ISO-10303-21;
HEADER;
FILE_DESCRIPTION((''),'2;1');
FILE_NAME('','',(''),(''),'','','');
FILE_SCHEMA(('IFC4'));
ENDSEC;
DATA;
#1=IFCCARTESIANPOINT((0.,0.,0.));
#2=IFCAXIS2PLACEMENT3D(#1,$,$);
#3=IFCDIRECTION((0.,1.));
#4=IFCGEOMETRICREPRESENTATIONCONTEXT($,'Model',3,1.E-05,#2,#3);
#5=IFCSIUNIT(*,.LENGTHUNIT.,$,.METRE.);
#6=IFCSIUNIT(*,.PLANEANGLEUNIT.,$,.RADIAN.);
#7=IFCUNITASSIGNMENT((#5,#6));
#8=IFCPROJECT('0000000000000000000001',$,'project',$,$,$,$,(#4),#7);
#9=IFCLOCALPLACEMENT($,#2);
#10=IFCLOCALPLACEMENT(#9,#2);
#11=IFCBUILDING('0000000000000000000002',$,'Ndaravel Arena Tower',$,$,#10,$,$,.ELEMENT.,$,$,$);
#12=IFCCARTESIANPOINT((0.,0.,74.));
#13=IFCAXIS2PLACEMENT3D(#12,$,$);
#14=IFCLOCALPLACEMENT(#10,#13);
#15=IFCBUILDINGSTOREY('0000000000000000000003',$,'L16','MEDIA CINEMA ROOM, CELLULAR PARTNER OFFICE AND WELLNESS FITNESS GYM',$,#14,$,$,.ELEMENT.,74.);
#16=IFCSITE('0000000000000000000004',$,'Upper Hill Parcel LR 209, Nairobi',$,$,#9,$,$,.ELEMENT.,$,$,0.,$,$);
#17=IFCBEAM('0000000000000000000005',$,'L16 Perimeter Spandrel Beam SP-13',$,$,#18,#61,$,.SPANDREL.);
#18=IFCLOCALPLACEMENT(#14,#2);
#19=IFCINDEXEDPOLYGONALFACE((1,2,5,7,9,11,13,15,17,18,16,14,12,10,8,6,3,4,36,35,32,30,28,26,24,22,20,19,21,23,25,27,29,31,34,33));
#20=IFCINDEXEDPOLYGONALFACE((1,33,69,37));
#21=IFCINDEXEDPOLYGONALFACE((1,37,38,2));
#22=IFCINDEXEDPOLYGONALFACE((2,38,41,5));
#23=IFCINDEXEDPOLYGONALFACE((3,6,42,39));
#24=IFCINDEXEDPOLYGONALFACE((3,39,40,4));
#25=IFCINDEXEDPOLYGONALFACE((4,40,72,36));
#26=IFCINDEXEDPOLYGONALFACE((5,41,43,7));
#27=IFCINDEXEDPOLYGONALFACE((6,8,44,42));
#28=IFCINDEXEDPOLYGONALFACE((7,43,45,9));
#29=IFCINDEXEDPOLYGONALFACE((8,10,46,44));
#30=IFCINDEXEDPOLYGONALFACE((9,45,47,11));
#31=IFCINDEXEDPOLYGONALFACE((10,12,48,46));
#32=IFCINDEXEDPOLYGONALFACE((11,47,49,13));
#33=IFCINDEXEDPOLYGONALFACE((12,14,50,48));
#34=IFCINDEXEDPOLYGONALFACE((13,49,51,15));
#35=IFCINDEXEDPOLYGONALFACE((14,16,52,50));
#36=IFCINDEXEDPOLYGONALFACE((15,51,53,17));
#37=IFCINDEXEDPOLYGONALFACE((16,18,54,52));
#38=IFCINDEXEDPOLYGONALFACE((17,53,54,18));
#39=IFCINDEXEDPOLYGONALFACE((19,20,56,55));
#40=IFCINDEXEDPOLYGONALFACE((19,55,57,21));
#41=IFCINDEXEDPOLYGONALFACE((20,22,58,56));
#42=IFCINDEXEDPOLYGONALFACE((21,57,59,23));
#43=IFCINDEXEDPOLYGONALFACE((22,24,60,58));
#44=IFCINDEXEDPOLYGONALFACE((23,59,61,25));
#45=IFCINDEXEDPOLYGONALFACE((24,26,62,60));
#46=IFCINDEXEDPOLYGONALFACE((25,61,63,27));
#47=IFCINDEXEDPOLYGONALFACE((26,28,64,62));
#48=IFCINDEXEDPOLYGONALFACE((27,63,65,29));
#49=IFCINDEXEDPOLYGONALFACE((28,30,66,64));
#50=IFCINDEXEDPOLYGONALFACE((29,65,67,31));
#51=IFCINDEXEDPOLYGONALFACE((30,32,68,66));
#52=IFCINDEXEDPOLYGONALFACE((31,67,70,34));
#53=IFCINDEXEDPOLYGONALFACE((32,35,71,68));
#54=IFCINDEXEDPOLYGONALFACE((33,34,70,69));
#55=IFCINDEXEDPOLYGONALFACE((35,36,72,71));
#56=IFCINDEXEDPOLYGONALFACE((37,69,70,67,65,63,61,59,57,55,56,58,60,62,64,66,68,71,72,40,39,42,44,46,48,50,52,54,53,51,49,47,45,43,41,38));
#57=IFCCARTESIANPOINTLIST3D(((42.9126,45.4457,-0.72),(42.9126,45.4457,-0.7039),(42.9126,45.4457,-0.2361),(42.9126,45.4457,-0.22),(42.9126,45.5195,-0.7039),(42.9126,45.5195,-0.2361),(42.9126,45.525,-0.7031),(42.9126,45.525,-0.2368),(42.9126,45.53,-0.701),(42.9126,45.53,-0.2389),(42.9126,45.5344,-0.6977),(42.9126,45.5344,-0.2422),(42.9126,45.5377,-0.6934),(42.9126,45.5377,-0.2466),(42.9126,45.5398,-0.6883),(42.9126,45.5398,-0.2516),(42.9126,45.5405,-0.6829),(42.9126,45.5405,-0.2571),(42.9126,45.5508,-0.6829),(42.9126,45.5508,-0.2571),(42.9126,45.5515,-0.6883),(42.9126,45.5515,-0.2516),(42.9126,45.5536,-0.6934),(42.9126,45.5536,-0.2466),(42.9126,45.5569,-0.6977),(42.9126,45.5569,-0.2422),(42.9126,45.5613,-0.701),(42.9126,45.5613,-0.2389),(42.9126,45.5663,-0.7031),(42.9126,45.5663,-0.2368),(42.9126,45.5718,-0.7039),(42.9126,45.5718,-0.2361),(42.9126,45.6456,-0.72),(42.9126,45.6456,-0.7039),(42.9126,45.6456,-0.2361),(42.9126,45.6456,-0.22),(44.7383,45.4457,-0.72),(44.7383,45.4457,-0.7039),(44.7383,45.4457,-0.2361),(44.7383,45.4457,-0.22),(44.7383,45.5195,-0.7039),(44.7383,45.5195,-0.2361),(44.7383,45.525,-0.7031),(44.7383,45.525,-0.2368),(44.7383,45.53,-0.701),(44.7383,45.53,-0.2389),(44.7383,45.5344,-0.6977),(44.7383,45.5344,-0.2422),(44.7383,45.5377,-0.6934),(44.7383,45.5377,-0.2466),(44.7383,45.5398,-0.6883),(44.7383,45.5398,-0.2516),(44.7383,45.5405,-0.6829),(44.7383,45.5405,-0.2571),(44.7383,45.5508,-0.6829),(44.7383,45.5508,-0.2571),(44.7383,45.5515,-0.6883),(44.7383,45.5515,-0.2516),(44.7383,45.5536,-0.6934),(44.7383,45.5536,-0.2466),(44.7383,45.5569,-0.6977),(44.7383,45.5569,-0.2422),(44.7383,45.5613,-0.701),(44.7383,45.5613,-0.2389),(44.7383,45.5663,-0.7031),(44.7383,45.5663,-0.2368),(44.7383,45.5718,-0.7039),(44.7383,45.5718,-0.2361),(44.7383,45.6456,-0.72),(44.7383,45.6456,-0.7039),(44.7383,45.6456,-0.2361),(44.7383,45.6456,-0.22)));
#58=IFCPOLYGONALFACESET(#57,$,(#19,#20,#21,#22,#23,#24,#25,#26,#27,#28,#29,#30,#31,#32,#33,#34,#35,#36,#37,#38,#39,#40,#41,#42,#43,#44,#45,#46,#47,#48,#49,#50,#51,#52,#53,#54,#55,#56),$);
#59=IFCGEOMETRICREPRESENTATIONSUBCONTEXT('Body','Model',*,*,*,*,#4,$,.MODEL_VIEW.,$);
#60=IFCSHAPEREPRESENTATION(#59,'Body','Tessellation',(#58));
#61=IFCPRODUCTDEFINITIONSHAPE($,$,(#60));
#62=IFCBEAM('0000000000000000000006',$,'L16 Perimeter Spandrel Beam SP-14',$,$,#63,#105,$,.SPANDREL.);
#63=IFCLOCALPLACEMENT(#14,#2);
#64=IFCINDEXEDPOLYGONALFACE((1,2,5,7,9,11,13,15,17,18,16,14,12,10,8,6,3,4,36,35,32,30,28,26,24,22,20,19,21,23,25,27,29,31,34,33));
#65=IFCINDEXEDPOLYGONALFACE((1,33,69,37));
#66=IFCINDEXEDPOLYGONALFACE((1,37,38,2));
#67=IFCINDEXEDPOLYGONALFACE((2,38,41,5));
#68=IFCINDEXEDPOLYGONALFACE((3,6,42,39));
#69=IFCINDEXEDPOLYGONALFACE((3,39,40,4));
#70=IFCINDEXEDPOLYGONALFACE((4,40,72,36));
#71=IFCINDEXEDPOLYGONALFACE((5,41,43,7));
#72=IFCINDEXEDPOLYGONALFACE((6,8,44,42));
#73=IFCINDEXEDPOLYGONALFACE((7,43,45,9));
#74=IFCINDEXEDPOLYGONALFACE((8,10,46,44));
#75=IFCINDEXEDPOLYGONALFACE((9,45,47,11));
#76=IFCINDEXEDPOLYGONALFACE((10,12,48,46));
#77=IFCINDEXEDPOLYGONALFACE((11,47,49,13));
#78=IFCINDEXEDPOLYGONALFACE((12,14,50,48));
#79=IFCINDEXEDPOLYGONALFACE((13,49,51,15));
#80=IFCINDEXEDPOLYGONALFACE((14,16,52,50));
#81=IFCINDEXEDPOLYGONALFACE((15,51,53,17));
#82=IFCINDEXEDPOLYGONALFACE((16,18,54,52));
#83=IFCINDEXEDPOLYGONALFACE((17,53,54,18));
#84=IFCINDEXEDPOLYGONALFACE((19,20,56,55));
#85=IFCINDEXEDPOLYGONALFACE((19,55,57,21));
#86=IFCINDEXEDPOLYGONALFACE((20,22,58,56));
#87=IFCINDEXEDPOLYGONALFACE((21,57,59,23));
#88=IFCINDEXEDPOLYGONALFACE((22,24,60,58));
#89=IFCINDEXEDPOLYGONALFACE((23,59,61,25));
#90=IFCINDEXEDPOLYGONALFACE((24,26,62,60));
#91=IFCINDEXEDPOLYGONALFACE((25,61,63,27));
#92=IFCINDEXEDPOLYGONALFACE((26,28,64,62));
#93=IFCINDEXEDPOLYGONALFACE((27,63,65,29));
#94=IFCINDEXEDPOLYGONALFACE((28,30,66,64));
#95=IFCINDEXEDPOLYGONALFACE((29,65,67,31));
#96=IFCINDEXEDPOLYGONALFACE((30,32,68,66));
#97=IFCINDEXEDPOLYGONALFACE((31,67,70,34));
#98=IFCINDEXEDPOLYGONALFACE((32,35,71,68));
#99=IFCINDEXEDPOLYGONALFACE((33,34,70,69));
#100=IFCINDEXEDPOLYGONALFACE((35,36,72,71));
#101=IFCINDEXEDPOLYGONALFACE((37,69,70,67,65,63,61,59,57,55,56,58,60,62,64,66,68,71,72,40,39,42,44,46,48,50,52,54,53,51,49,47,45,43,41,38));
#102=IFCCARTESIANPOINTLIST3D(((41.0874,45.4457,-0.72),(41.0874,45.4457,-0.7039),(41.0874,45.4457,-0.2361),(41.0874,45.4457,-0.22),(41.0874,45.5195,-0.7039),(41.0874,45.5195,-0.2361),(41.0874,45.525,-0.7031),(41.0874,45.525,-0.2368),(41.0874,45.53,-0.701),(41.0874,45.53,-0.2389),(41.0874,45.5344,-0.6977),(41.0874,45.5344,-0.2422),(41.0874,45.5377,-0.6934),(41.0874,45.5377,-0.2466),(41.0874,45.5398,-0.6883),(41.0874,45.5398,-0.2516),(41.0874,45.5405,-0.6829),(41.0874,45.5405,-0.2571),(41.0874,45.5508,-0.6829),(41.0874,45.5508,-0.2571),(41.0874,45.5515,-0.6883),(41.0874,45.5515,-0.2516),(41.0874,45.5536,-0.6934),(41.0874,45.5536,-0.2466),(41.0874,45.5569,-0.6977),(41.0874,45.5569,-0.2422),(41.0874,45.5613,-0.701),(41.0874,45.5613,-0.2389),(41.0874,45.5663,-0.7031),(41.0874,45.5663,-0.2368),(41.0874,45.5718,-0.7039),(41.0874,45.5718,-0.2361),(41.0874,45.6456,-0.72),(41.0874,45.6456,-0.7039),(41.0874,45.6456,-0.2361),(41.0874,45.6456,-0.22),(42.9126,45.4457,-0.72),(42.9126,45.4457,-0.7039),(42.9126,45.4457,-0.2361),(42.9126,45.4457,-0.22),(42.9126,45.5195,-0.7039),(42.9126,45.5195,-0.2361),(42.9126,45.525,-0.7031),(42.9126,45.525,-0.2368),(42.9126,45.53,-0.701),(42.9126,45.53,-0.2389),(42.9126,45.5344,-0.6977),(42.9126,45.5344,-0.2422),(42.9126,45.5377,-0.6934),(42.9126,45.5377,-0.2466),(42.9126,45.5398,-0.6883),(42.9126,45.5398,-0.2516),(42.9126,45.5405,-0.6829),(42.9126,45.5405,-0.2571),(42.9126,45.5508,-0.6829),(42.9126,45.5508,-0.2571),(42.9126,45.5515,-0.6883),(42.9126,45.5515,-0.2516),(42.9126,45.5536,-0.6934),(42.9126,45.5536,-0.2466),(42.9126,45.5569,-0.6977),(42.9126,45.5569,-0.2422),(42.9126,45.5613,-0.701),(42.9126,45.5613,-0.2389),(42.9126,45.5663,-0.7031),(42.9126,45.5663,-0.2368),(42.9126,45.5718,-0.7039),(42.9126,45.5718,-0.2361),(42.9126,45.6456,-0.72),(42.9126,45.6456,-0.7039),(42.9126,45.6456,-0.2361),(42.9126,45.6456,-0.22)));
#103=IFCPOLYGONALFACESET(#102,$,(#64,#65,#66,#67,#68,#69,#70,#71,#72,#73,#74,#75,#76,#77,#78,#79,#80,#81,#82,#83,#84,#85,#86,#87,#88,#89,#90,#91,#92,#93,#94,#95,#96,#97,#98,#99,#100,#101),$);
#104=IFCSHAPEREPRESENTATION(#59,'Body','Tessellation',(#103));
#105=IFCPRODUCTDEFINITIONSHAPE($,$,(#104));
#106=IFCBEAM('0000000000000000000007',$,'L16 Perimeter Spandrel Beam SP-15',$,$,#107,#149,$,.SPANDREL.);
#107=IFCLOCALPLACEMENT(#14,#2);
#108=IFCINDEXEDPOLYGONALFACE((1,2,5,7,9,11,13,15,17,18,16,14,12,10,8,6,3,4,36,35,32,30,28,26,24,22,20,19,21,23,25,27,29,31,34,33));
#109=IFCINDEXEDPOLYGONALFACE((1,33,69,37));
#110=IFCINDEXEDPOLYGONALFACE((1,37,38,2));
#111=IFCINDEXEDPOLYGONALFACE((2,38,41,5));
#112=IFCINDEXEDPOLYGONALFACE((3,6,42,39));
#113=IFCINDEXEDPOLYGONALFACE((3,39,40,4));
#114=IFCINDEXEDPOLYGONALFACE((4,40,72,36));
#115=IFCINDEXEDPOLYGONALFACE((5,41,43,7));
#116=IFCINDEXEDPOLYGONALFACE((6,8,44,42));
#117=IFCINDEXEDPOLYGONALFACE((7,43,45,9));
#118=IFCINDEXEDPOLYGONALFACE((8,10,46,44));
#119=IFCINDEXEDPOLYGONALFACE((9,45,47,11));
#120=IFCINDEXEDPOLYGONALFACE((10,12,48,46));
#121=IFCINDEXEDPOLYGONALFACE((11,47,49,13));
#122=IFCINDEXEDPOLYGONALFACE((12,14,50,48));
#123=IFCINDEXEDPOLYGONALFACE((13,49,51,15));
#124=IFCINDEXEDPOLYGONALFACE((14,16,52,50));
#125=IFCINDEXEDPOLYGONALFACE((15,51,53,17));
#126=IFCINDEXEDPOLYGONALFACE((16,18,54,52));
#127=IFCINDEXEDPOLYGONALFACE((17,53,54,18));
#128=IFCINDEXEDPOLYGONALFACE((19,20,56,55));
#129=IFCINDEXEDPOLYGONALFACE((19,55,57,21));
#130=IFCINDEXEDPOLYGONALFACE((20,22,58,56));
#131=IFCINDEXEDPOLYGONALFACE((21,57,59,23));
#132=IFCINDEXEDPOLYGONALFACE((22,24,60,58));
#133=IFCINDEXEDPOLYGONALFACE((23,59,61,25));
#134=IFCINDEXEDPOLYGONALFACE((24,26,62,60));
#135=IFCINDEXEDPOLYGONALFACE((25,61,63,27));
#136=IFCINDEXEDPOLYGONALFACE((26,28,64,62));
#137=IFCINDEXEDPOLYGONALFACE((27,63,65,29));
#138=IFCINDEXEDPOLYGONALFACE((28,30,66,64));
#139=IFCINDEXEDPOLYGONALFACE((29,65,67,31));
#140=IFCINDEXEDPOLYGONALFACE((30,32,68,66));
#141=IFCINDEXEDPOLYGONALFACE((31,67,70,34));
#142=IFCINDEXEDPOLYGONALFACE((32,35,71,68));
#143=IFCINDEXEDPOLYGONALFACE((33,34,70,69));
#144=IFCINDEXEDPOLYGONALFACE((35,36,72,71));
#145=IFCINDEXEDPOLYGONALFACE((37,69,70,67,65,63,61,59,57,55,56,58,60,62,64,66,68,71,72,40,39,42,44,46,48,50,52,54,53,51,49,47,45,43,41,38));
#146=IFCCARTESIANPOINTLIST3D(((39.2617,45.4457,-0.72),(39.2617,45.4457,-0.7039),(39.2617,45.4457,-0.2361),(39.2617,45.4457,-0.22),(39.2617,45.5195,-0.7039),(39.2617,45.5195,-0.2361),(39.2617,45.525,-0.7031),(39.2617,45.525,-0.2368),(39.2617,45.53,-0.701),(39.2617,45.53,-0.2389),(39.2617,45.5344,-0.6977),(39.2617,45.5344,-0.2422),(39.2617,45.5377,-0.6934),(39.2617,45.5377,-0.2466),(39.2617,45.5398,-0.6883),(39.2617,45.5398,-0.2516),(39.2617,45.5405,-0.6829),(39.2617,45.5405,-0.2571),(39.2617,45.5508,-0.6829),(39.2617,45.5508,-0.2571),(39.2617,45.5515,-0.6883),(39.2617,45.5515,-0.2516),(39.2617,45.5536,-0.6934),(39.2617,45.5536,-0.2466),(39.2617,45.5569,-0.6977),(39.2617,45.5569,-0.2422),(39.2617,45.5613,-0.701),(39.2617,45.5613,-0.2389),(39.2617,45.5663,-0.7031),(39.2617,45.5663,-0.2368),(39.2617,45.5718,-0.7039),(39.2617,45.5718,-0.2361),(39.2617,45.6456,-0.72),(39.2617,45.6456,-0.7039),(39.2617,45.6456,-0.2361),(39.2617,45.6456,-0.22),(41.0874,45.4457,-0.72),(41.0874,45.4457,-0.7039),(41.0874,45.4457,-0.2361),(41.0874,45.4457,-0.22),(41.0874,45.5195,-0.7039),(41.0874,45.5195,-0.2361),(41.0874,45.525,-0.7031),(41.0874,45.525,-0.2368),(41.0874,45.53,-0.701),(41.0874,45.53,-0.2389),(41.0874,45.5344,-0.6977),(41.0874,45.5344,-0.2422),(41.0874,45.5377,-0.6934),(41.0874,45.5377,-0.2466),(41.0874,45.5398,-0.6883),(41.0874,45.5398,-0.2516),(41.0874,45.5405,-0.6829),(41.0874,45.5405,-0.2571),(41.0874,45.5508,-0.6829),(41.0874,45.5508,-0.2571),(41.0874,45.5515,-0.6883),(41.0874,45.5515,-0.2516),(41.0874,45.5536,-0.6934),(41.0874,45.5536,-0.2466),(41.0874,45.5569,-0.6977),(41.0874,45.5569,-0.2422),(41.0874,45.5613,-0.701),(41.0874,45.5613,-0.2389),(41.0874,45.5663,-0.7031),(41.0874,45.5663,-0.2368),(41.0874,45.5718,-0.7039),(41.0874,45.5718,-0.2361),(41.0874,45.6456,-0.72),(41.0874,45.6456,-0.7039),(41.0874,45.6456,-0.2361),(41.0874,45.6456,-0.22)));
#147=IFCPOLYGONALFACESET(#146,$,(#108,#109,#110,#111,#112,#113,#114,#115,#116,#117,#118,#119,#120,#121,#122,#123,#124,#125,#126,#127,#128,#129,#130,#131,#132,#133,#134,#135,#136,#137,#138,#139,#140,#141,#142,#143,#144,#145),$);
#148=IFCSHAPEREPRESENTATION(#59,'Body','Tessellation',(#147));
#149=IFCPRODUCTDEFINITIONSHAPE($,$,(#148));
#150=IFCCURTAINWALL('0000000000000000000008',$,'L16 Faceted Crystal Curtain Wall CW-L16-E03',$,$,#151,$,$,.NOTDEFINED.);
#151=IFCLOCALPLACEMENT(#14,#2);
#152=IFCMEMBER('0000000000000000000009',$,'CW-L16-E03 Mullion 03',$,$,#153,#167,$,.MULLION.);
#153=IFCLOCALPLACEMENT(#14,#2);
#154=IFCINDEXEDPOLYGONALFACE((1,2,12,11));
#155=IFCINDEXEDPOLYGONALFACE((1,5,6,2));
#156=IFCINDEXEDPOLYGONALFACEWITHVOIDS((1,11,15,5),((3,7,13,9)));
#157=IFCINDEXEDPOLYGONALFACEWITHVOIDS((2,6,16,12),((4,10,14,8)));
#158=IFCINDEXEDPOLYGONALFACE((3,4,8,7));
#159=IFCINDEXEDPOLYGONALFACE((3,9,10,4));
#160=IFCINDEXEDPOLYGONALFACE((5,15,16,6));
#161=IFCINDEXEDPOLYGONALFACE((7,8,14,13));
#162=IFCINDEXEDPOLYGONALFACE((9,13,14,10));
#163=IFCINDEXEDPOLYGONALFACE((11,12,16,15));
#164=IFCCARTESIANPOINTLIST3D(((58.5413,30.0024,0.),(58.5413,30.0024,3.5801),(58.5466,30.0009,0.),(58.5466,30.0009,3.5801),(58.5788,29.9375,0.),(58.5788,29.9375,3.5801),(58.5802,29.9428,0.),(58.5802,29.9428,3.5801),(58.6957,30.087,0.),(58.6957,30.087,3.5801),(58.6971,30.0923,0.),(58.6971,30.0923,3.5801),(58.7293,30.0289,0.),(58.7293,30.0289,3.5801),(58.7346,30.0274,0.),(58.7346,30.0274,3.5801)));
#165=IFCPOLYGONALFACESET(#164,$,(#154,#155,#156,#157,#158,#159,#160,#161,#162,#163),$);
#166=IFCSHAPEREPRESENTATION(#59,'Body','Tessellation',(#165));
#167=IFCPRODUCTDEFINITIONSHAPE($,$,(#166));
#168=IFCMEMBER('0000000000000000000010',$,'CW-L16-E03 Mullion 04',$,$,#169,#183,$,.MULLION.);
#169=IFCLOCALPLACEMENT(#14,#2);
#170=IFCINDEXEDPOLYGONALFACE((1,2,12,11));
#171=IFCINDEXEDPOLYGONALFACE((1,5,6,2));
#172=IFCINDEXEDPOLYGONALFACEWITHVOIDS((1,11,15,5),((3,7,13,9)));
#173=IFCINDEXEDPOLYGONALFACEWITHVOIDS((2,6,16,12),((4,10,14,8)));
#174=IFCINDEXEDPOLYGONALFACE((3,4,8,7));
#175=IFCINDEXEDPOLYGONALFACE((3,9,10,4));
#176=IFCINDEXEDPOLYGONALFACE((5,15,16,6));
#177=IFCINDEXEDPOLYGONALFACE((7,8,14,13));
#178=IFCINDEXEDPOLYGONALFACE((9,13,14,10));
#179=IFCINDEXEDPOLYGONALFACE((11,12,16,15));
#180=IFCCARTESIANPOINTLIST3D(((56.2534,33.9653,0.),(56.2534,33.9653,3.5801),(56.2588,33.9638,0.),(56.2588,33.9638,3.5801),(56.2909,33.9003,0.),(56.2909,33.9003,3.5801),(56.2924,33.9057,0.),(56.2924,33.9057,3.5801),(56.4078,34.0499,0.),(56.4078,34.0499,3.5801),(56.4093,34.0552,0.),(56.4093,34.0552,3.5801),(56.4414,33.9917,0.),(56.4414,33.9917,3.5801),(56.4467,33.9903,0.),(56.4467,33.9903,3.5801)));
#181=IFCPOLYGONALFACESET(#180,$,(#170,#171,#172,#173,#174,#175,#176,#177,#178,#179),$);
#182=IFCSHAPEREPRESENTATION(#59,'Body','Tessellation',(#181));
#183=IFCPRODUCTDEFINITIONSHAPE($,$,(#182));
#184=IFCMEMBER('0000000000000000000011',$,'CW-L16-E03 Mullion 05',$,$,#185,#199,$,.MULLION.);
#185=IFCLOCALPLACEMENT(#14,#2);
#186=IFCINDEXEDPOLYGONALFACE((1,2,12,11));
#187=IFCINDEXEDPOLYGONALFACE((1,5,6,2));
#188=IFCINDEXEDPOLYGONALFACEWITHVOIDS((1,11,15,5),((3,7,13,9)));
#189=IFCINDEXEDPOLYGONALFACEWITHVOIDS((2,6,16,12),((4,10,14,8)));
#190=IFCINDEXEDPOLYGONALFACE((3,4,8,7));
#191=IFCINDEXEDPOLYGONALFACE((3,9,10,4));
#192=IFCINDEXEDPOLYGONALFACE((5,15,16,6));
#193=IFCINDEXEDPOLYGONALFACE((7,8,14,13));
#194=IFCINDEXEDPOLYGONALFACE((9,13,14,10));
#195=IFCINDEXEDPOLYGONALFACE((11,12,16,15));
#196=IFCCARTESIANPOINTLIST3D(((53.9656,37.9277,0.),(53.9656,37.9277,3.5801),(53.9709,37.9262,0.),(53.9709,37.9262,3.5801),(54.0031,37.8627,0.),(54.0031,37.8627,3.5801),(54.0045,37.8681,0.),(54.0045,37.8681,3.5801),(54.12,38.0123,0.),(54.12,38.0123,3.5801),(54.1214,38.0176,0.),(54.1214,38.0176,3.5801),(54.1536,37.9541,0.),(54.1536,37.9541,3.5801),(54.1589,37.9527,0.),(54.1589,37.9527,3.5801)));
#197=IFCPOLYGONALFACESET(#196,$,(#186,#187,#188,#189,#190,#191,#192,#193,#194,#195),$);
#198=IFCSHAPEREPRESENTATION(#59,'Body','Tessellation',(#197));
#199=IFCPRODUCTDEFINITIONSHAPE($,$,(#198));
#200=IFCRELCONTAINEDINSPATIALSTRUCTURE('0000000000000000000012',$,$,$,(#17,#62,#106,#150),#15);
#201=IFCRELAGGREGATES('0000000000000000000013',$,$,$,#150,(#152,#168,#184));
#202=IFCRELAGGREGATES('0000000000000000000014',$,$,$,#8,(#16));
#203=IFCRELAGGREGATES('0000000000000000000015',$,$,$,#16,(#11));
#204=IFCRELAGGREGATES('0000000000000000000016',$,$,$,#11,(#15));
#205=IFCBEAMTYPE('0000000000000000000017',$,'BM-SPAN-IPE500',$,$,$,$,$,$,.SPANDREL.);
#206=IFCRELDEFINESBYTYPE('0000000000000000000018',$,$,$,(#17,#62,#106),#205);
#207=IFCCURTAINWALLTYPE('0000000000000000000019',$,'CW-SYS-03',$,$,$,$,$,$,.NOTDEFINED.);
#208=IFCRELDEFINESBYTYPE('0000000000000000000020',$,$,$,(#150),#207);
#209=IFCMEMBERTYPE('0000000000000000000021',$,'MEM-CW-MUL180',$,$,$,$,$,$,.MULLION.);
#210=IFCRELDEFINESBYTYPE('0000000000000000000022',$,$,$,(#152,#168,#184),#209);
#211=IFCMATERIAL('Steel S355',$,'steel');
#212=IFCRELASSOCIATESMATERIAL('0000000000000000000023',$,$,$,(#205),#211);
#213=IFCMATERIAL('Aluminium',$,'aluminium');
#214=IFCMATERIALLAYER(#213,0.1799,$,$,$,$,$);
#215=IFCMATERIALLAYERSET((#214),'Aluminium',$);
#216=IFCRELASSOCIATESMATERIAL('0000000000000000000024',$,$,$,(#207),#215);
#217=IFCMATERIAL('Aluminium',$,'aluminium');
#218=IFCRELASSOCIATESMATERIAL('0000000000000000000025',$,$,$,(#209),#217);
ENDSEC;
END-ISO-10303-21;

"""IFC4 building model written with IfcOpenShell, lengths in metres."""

from ifc_helpers import new_model, si_unit, direction, frame, origin, origin_2d, place, context, subcontext, project, spatial, hollow_rectangle, i_section, extrude, material, layer, layer_set, material_profile, profile_set, type_object, element, aggregate, save


model = new_model("IFC4")

# Units and contexts
model_context = context("Model", 3, precision=1e-05, world=origin(), true_north=direction((0.0, 1.0)))
body_context = subcontext(model_context, "Body", "Model", "MODEL_VIEW")
ifc_project = project(units=[si_unit("LENGTHUNIT", "METRE"), si_unit("PLANEANGLEUNIT", "RADIAN")], contexts=[model_context])

# Site, building, storey
site_placement = place(None, origin())
site = spatial("IfcSite", under=ifc_project, at=site_placement, Name="Upper Hill Parcel LR 209, Nairobi", CompositionType="ELEMENT", RefElevation=0.0)
building_placement = place(site_placement, origin())
building = spatial("IfcBuilding", under=site, at=building_placement, Name="Ndaravel Arena Tower", CompositionType="ELEMENT")
storey_placement = place(building_placement, frame((0.0, 0.0, 74.0)))
storey = spatial("IfcBuildingStorey", under=building, at=storey_placement, Name="L16", Description="MEDIA CINEMA ROOM, CELLULAR PARTNER OFFICE AND WELLNESS FITNESS GYM", CompositionType="ELEMENT", Elevation=74.0)

# Beams
ifc_material_1 = material(Name="Steel S355", Category="steel")
ifc_material_profile_1 = material_profile(ifc_material_1, i_section(OverallWidth=0.2, OverallDepth=0.5, WebThickness=0.0103, FlangeThickness=0.0161, FilletRadius=0.021, at=origin_2d()), Name="IPE 500")
ifc_profile_set_1 = profile_set([ifc_material_profile_1], Name="Steel S355")
beam_type_1 = type_object("IfcBeamType", Name="BM-SPAN-IPE500", PredefinedType="SPANDREL", material=ifc_profile_set_1)
beam_1_placement = place(storey_placement, frame((44.7383, 45.5457, -0.47), z_axis=(-1.0, 0.0, 0.0), x_axis=(0.0, -1.0, 0.0)))
element("IfcBeam", 1, at=beam_1_placement, inside=storey, type_object=beam_type_1, Name="L16 Perimeter Spandrel Beam SP-13", PredefinedType="SPANDREL", context=body_context, shape_type="SweptSolid", body=[
    extrude(i_section(OverallWidth=0.2, OverallDepth=0.5, WebThickness=0.0103, FlangeThickness=0.0161, FilletRadius=0.021, at=origin_2d()), origin(), (0.0, 0.0, 1.0), 1.8257),
])
beam_2_placement = place(storey_placement, frame((42.9126, 45.5457, -0.47), z_axis=(-1.0, 0.0, 0.0), x_axis=(0.0, -1.0, 0.0)))
element("IfcBeam", 2, at=beam_2_placement, inside=storey, type_object=beam_type_1, Name="L16 Perimeter Spandrel Beam SP-14", PredefinedType="SPANDREL", context=body_context, shape_type="SweptSolid", body=[
    extrude(i_section(OverallWidth=0.2, OverallDepth=0.5, WebThickness=0.0103, FlangeThickness=0.0161, FilletRadius=0.021, at=origin_2d()), origin(), (0.0, 0.0, 1.0), 1.8252),
])
beam_3_placement = place(storey_placement, frame((41.0874, 45.5457, -0.47), z_axis=(-1.0, 0.0, 0.0), x_axis=(0.0, -1.0, 0.0)))
element("IfcBeam", 3, at=beam_3_placement, inside=storey, type_object=beam_type_1, Name="L16 Perimeter Spandrel Beam SP-15", PredefinedType="SPANDREL", context=body_context, shape_type="SweptSolid", body=[
    extrude(i_section(OverallWidth=0.2, OverallDepth=0.5, WebThickness=0.0103, FlangeThickness=0.0161, FilletRadius=0.021, at=origin_2d()), origin(), (0.0, 0.0, 1.0), 1.8257),
])

# Curtain wall, members
ifc_material_2 = material(Name="Aluminium", Category="aluminium")
ifc_layer_1 = layer(ifc_material_2, 0.1799)
ifc_layer_set_1 = layer_set([ifc_layer_1], Name="Aluminium")
curtain_wall_type_1 = type_object("IfcCurtainWallType", Name="CW-SYS-03", PredefinedType="NOTDEFINED", material=ifc_layer_set_1)
curtain_wall_1_placement = place(storey_placement, origin())
curtain_wall_1 = element("IfcCurtainWall", 4, at=curtain_wall_1_placement, inside=storey, type_object=curtain_wall_type_1, Name="L16 Faceted Crystal Curtain Wall CW-L16-E03", PredefinedType="NOTDEFINED")
ifc_material_3 = material(Name="Aluminium", Category="aluminium")
ifc_material_profile_2 = material_profile(ifc_material_3, hollow_rectangle(XDim=0.075, YDim=0.1799, WallThickness=0.0039, at=origin_2d()), Name="CW MULLION 75x180x4")
ifc_profile_set_2 = profile_set([ifc_material_profile_2], Name="Aluminium")
member_type_1 = type_object("IfcMemberType", Name="MEM-CW-MUL180", PredefinedType="MULLION", material=ifc_profile_set_2)
member_1_placement = place(storey_placement, frame((58.6379, 30.0149, 0.0), z_axis=(0.0, 0.0, 1.0), x_axis=(-0.5, 0.866025, 0.0)))
member_1 = element("IfcMember", 5, at=member_1_placement, type_object=member_type_1, Name="CW-L16-E03 Mullion 03", PredefinedType="MULLION", context=body_context, shape_type="SweptSolid", body=[
    extrude(hollow_rectangle(XDim=0.075, YDim=0.1799, WallThickness=0.0039, at=origin_2d()), origin(), (0.0, 0.0, 1.0), 3.5801),
])
member_2_placement = place(storey_placement, frame((56.3501, 33.9778, 0.0), z_axis=(0.0, 0.0, 1.0), x_axis=(-0.5, 0.866025, 0.0)))
member_2 = element("IfcMember", 6, at=member_2_placement, type_object=member_type_1, Name="CW-L16-E03 Mullion 04", PredefinedType="MULLION", context=body_context, shape_type="SweptSolid", body=[
    extrude(hollow_rectangle(XDim=0.075, YDim=0.1799, WallThickness=0.0039, at=origin_2d()), origin(), (0.0, 0.0, 1.0), 3.5801),
])
member_3_placement = place(storey_placement, frame((54.0623, 37.9402, 0.0), z_axis=(0.0, 0.0, 1.0), x_axis=(-0.5, 0.866025, 0.0)))
member_3 = element("IfcMember", 7, at=member_3_placement, type_object=member_type_1, Name="CW-L16-E03 Mullion 05", PredefinedType="MULLION", context=body_context, shape_type="SweptSolid", body=[
    extrude(hollow_rectangle(XDim=0.075, YDim=0.1799, WallThickness=0.0039, at=origin_2d()), origin(), (0.0, 0.0, 1.0), 3.5801),
])

aggregate(curtain_wall_1, [member_1, member_2, member_3])

save(model, "model.ifc")
